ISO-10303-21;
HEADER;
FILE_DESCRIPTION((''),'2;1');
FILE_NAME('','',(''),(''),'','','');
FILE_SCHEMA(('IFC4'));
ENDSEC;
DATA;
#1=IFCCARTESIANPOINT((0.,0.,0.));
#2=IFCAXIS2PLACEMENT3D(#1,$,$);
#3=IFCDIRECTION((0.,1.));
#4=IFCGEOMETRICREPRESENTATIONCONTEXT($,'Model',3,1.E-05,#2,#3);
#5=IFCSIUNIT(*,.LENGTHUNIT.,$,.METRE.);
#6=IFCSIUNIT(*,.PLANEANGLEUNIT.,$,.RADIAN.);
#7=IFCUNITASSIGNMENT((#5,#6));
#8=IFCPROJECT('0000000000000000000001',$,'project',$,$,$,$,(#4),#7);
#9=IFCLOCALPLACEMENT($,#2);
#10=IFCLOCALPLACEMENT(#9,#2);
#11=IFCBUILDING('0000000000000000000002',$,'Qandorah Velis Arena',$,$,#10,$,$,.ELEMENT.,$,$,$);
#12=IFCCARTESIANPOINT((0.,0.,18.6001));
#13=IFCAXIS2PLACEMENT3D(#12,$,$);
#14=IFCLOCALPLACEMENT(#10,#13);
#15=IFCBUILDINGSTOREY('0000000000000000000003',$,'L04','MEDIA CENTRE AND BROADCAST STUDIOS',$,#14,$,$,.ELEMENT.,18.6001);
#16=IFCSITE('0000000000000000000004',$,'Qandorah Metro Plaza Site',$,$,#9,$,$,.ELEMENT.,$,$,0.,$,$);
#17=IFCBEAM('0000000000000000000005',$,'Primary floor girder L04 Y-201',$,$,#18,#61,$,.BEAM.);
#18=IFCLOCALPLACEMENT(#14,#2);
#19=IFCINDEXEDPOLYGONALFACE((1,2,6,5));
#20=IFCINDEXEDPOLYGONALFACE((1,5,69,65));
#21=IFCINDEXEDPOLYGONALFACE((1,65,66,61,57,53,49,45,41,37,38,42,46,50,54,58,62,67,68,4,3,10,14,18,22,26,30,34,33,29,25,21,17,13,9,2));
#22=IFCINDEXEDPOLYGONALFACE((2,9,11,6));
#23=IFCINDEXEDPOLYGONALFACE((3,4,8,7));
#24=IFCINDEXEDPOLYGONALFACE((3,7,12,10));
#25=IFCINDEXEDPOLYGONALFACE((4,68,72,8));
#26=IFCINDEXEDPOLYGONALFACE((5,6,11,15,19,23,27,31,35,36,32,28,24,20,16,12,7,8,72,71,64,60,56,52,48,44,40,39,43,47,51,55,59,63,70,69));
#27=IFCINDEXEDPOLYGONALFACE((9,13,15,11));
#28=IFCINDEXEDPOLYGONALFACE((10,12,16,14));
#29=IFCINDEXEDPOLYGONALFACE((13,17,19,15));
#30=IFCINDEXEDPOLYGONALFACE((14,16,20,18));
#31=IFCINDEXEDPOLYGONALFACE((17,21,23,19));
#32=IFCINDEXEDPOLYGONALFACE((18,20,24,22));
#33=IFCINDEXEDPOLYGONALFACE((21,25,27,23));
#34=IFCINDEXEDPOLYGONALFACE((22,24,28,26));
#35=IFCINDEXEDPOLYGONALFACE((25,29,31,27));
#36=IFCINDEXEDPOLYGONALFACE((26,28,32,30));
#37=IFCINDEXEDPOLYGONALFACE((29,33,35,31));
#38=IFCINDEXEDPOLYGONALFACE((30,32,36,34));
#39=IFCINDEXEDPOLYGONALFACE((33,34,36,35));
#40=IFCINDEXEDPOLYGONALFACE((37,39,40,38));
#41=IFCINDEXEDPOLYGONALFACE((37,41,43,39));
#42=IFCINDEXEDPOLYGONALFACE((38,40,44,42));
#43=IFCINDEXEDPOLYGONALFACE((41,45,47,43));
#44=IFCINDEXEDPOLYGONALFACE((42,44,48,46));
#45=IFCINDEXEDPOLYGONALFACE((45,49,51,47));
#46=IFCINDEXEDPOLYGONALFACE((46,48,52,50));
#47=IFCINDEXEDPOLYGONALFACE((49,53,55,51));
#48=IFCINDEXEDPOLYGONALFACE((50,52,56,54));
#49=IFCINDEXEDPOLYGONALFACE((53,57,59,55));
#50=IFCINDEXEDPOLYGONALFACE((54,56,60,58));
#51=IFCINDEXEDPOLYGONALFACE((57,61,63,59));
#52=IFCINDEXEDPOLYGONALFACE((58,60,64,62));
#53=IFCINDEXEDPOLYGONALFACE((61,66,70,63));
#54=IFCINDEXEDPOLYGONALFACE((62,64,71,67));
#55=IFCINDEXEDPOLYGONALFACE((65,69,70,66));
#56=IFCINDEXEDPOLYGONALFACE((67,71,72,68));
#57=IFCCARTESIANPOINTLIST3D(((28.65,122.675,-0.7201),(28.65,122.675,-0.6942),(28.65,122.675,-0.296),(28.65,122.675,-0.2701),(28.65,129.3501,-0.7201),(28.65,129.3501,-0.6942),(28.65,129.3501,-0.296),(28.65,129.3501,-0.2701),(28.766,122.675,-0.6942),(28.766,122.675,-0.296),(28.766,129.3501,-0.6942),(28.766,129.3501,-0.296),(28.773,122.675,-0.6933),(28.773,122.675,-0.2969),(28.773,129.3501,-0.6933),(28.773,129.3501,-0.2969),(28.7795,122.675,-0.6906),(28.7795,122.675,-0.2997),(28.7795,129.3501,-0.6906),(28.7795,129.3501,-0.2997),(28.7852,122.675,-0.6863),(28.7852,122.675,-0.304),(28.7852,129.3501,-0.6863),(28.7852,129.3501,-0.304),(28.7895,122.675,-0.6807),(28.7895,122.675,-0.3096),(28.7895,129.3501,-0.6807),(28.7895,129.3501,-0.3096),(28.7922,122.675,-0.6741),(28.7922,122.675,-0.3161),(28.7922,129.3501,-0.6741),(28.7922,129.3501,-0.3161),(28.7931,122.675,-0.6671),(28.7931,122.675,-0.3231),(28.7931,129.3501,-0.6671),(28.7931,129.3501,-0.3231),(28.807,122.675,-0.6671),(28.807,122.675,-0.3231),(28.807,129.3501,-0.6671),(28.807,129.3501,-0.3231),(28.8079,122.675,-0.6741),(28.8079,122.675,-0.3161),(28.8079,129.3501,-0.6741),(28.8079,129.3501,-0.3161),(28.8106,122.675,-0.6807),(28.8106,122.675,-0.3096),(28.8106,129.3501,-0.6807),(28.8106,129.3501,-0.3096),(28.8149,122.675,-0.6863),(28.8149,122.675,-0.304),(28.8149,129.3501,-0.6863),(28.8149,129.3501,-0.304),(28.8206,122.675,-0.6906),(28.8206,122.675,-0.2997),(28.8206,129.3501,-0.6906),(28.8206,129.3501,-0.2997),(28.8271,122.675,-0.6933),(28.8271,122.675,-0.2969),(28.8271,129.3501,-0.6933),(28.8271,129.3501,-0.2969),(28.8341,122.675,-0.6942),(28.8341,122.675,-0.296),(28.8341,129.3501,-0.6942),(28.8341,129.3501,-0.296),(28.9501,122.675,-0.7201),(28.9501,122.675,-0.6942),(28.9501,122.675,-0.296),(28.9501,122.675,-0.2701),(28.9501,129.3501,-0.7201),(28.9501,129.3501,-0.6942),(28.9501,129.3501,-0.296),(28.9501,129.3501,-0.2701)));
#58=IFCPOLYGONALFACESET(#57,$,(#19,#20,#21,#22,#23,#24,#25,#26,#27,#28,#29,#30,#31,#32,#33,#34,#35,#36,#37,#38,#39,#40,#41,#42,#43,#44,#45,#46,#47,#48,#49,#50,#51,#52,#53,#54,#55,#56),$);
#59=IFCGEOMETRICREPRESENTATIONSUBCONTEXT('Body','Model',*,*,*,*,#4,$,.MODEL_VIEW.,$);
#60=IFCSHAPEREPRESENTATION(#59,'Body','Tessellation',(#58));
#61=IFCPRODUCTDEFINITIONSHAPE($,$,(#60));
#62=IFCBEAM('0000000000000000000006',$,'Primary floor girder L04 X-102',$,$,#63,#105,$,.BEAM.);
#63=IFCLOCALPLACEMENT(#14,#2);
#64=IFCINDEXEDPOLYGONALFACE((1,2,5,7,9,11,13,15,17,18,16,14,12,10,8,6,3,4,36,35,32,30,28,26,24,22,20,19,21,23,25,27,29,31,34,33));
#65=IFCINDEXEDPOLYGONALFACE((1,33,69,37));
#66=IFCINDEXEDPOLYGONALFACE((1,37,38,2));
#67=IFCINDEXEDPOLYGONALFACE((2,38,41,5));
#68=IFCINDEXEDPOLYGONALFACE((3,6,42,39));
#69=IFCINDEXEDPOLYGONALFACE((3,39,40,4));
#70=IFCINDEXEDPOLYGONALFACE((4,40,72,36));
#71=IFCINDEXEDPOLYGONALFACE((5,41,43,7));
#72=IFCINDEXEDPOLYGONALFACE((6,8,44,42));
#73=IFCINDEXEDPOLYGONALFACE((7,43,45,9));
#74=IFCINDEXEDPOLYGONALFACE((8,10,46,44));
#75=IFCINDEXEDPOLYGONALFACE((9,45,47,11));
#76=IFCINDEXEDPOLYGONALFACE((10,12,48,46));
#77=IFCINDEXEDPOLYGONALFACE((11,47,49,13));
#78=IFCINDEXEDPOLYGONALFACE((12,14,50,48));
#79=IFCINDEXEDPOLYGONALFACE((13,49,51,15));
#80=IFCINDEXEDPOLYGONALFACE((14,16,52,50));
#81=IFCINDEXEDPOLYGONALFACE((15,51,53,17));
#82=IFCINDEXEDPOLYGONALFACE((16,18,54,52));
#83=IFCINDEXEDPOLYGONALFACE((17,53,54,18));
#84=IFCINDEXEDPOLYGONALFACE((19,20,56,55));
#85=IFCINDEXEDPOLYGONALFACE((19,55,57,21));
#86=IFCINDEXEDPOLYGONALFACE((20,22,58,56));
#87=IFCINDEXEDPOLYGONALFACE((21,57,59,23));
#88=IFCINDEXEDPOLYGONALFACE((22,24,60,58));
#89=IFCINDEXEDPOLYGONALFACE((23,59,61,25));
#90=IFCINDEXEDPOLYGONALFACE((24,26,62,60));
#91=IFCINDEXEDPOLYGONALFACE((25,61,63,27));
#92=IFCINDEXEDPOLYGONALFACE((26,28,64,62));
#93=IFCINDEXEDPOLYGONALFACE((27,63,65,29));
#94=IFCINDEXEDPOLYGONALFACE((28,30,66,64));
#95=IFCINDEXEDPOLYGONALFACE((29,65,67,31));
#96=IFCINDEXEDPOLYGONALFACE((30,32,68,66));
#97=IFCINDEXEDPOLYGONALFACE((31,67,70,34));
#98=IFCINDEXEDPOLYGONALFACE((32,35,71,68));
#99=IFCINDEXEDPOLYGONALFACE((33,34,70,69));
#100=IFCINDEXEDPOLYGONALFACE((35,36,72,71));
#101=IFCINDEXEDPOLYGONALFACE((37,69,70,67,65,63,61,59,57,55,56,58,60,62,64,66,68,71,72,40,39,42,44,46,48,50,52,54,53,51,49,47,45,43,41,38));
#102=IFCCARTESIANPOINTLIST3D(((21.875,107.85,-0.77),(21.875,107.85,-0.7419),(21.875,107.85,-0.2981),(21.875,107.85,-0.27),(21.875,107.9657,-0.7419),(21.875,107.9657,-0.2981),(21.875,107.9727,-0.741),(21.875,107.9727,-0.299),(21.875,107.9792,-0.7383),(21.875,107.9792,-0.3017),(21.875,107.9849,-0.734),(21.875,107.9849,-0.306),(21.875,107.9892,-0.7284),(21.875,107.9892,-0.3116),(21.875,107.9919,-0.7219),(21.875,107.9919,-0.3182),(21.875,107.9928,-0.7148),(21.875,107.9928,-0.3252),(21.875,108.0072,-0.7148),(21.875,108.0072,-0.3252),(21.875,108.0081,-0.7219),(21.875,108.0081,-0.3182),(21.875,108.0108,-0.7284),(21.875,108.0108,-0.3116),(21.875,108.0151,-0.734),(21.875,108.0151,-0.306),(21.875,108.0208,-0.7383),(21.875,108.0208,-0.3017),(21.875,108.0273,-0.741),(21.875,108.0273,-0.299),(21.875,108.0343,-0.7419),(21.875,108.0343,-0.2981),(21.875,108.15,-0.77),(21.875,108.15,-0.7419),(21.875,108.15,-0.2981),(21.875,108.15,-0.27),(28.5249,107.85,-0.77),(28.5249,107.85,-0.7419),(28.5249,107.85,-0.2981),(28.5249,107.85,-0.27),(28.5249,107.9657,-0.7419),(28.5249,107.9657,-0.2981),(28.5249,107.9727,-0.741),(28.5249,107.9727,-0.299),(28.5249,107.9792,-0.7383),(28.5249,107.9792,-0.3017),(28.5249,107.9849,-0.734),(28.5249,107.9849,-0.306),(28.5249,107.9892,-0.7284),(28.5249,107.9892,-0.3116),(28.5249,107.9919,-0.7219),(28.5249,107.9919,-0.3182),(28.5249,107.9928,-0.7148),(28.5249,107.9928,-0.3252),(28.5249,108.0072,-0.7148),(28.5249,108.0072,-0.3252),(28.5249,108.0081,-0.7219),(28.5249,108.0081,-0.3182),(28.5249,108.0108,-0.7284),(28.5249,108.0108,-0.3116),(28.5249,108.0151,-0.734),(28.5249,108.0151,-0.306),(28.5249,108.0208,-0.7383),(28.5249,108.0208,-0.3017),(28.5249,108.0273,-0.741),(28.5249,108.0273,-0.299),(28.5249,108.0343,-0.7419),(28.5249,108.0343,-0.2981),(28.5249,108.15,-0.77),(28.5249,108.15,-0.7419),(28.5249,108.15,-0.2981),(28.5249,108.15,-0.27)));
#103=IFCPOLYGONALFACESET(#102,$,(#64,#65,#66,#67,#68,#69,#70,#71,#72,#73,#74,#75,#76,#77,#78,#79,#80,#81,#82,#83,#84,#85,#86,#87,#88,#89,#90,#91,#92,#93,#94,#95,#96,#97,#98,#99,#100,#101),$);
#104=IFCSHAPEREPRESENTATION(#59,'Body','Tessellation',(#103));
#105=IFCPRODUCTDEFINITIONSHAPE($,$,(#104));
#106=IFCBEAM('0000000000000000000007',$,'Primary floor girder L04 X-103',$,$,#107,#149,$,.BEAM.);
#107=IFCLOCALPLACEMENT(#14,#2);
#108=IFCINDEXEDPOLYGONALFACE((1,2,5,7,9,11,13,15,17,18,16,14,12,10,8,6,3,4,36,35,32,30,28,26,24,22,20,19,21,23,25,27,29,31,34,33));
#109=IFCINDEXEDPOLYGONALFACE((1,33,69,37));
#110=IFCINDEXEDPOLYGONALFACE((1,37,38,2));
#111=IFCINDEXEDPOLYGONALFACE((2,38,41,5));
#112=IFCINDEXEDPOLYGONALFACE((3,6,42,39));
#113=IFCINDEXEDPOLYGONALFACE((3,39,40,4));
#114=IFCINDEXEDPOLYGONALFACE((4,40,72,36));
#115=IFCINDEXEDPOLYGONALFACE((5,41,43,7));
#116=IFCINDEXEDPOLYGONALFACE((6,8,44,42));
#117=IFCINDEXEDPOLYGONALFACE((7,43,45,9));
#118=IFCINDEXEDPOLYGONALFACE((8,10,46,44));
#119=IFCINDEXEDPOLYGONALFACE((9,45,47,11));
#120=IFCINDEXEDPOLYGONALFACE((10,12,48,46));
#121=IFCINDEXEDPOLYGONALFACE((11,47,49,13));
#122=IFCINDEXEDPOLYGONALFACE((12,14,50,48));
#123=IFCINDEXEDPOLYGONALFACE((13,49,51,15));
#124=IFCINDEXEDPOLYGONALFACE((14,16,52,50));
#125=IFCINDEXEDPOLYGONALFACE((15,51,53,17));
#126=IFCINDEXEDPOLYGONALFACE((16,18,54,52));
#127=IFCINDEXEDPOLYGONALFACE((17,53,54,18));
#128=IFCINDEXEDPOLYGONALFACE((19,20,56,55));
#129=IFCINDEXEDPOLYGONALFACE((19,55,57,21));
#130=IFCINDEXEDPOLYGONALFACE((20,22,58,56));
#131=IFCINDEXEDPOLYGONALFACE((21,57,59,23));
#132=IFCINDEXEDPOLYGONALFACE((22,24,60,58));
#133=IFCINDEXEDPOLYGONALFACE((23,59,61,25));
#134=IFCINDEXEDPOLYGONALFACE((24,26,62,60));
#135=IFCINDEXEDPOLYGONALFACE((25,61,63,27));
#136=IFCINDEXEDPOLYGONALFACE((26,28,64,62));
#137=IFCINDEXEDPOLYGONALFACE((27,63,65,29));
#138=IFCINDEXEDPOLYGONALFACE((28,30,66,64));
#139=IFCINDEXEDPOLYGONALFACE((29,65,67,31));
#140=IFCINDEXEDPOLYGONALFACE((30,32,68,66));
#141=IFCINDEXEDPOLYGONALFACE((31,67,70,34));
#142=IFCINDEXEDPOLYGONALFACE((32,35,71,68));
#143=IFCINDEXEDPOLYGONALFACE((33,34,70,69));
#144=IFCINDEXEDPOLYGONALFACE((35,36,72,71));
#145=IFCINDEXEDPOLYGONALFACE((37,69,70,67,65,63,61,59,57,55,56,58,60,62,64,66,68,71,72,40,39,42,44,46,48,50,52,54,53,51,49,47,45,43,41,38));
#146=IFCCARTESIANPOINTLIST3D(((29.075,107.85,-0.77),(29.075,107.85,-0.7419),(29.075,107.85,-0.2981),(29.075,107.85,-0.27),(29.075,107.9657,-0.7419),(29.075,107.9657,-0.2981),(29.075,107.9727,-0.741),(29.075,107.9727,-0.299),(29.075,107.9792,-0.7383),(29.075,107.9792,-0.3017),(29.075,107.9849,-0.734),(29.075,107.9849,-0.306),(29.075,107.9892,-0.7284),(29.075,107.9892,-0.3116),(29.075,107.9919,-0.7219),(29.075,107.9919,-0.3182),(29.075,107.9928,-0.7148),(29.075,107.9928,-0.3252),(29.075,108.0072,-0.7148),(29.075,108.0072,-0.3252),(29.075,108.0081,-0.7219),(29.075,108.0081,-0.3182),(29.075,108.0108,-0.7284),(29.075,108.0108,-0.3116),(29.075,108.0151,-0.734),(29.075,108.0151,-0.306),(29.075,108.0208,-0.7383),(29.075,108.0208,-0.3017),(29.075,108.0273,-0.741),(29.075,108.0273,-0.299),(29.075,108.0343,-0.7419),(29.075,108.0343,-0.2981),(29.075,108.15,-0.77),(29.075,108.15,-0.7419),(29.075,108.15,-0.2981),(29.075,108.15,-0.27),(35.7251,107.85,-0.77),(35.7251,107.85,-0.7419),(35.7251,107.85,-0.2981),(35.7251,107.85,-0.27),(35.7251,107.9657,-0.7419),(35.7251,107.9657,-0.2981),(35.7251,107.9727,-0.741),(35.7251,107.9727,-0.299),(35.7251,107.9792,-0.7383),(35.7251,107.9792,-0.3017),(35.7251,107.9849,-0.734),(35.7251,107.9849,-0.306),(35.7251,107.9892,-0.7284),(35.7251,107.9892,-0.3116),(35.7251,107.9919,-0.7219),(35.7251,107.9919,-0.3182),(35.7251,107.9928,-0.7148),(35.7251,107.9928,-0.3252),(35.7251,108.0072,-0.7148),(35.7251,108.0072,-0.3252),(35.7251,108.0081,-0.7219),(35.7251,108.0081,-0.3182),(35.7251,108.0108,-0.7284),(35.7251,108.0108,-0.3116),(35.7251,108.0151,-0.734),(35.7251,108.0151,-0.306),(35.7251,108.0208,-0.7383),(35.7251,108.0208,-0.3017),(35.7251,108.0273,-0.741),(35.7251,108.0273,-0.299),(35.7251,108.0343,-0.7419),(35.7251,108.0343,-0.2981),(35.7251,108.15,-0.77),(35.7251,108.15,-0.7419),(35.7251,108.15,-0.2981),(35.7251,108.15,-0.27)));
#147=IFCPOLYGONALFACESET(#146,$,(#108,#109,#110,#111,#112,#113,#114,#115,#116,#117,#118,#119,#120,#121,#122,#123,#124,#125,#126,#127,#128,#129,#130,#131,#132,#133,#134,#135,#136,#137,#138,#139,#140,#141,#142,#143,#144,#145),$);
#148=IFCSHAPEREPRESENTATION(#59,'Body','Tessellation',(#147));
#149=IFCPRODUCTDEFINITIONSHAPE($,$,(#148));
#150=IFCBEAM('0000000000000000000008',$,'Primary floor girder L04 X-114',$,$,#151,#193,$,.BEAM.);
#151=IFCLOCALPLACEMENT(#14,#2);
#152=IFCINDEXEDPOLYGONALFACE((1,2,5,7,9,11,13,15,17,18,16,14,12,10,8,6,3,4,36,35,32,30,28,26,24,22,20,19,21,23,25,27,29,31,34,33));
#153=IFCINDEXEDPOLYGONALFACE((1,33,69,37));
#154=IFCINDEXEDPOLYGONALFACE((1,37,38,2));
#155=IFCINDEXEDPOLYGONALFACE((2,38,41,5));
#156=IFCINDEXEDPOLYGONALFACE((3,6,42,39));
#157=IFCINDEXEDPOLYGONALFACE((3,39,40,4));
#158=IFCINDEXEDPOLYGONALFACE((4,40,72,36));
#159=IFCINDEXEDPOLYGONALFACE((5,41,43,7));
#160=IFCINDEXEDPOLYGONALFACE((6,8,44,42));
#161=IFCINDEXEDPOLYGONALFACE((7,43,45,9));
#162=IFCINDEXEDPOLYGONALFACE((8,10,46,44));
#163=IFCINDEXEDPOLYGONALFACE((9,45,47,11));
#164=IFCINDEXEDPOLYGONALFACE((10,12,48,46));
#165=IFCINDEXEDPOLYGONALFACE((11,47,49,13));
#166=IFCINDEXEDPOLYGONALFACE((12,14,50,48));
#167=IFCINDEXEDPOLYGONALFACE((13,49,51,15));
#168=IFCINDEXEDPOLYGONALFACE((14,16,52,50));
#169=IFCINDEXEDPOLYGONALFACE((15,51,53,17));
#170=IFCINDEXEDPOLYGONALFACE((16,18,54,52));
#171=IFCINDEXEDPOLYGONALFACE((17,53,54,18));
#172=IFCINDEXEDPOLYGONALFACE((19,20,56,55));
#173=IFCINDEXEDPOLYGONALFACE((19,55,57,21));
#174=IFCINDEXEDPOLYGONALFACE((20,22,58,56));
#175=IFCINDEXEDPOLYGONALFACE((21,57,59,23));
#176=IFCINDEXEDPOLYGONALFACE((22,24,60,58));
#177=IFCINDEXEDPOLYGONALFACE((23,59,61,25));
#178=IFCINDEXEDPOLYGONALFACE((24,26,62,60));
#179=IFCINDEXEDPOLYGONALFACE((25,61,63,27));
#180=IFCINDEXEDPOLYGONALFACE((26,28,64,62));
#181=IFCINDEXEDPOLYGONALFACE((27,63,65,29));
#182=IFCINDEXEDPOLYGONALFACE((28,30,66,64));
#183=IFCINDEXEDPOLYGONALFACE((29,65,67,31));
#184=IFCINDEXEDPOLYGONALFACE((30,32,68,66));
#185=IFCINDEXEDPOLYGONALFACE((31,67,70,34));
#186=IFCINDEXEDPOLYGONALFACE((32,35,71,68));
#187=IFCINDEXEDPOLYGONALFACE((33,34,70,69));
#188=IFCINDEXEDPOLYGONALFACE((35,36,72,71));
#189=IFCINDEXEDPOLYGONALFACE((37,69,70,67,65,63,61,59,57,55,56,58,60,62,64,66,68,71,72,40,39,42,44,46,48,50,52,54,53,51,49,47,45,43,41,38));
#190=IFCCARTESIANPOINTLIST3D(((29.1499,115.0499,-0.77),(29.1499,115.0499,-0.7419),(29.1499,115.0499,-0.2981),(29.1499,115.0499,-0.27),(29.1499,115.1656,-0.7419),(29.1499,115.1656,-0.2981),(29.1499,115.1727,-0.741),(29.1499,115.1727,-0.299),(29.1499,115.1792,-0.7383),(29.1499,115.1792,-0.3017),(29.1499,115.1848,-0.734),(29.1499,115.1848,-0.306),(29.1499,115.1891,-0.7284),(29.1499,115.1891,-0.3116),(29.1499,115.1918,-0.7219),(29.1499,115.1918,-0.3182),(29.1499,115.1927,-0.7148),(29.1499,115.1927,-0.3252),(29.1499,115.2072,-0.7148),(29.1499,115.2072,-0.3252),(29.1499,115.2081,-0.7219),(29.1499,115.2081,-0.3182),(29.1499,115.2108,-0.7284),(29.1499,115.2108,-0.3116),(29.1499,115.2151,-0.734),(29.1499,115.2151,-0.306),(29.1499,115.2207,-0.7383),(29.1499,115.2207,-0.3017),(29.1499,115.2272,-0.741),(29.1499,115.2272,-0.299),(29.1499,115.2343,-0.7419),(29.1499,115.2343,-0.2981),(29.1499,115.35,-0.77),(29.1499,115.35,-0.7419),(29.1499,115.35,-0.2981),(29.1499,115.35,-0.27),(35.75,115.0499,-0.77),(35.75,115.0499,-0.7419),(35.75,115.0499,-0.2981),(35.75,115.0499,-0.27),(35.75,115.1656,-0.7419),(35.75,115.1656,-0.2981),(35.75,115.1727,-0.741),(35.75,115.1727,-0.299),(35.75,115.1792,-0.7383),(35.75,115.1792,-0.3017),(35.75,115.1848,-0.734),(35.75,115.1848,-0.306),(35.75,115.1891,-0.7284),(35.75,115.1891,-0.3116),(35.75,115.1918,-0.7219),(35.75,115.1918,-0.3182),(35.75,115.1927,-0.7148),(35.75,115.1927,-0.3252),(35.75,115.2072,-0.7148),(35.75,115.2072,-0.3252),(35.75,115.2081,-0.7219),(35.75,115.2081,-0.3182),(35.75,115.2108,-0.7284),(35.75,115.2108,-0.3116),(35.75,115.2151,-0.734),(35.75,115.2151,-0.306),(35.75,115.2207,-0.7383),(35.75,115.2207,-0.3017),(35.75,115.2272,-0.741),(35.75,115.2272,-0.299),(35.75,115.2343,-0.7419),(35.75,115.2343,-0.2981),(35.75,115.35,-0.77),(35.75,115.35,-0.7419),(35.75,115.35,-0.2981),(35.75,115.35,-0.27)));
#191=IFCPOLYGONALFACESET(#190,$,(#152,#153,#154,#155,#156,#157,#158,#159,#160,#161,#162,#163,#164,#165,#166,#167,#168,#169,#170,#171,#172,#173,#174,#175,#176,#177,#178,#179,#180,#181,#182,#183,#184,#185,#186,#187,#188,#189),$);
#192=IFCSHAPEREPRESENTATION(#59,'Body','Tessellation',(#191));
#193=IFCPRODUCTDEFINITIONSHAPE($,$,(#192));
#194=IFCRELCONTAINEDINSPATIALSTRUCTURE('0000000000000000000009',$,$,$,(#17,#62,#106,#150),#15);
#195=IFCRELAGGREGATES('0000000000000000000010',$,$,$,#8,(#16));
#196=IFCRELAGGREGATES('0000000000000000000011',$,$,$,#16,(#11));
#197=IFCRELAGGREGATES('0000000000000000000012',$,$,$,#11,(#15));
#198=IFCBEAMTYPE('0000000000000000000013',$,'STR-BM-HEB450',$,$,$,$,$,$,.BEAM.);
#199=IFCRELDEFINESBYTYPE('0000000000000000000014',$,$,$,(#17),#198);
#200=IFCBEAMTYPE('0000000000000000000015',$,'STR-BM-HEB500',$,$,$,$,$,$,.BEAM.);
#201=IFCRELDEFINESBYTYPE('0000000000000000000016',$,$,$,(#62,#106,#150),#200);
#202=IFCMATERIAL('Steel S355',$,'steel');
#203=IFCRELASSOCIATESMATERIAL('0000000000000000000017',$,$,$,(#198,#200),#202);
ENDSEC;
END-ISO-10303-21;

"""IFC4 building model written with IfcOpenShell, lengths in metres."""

from ifc_helpers import new_model, si_unit, direction, frame, origin, origin_2d, place, context, subcontext, project, spatial, i_section, extrude, material, material_profile, profile_set, type_object, element, save


model = new_model("IFC4")

# Units and contexts
model_context = context("Model", 3, precision=1e-05, world=origin(), true_north=direction((0.0, 1.0)))
body_context = subcontext(model_context, "Body", "Model", "MODEL_VIEW")
ifc_project = project(units=[si_unit("LENGTHUNIT", "METRE"), si_unit("PLANEANGLEUNIT", "RADIAN")], contexts=[model_context])

# Site, building, storey
site_placement = place(None, origin())
site = spatial("IfcSite", under=ifc_project, at=site_placement, Name="Qandorah Metro Plaza Site", CompositionType="ELEMENT", RefElevation=0.0)
building_placement = place(site_placement, origin())
building = spatial("IfcBuilding", under=site, at=building_placement, Name="Qandorah Velis Arena", CompositionType="ELEMENT")
storey_placement = place(building_placement, frame((0.0, 0.0, 18.6001)))
storey = spatial("IfcBuildingStorey", under=building, at=storey_placement, Name="L04", Description="MEDIA CENTRE AND BROADCAST STUDIOS", CompositionType="ELEMENT", Elevation=18.6001)

# Beams
ifc_material_1 = material(Name="Steel S355", Category="steel")
ifc_material_profile_1 = material_profile(ifc_material_1, i_section(OverallWidth=0.3, OverallDepth=0.45, WebThickness=0.0139, FlangeThickness=0.0259, FilletRadius=0.0271, at=origin_2d()), Name="HEB 450")
ifc_profile_set_1 = profile_set([ifc_material_profile_1], Name="Steel S355")
beam_type_1 = type_object("IfcBeamType", Name="STR-BM-HEB450", PredefinedType="BEAM", material=ifc_profile_set_1)
beam_1_placement = place(storey_placement, frame((28.8, 122.675, -0.4951), z_axis=(0.0, 1.0, 0.0), x_axis=(-1.0, 0.0, 0.0)))
element("IfcBeam", 1, at=beam_1_placement, inside=storey, type_object=beam_type_1, Name="Primary floor girder L04 Y-201", PredefinedType="BEAM", context=body_context, shape_type="SweptSolid", body=[
    extrude(i_section(OverallWidth=0.3, OverallDepth=0.45, WebThickness=0.0139, FlangeThickness=0.0259, FilletRadius=0.0271, at=origin_2d()), origin(), (0.0, 0.0, 1.0), 6.675),
])
ifc_material_profile_2 = material_profile(ifc_material_1, i_section(OverallWidth=0.3, OverallDepth=0.5, WebThickness=0.0144, FlangeThickness=0.0281, FilletRadius=0.0271, at=origin_2d()), Name="HEB 500")
ifc_profile_set_2 = profile_set([ifc_material_profile_2], Name="Steel S355")
beam_type_2 = type_object("IfcBeamType", Name="STR-BM-HEB500", PredefinedType="BEAM", material=ifc_profile_set_2)
beam_2_placement = place(storey_placement, frame((21.875, 108.0, -0.52), z_axis=(1.0, 0.0, 0.0), x_axis=(0.0, 1.0, 0.0)))
element("IfcBeam", 2, at=beam_2_placement, inside=storey, type_object=beam_type_2, Name="Primary floor girder L04 X-102", PredefinedType="BEAM", context=body_context, shape_type="SweptSolid", body=[
    extrude(i_section(OverallWidth=0.3, OverallDepth=0.5, WebThickness=0.0144, FlangeThickness=0.0281, FilletRadius=0.0271, at=origin_2d()), origin(), (0.0, 0.0, 1.0), 6.6499),
])
beam_3_placement = place(storey_placement, frame((29.075, 108.0, -0.52), z_axis=(1.0, 0.0, 0.0), x_axis=(0.0, 1.0, 0.0)))
element("IfcBeam", 3, at=beam_3_placement, inside=storey, type_object=beam_type_2, Name="Primary floor girder L04 X-103", PredefinedType="BEAM", context=body_context, shape_type="SweptSolid", body=[
    extrude(i_section(OverallWidth=0.3, OverallDepth=0.5, WebThickness=0.0144, FlangeThickness=0.0281, FilletRadius=0.0271, at=origin_2d()), origin(), (0.0, 0.0, 1.0), 6.6501),
])
beam_4_placement = place(storey_placement, frame((29.1499, 115.2, -0.52), z_axis=(1.0, 0.0, 0.0), x_axis=(0.0, 1.0, 0.0)))
element("IfcBeam", 4, at=beam_4_placement, inside=storey, type_object=beam_type_2, Name="Primary floor girder L04 X-114", PredefinedType="BEAM", context=body_context, shape_type="SweptSolid", body=[
    extrude(i_section(OverallWidth=0.3, OverallDepth=0.5, WebThickness=0.0144, FlangeThickness=0.0281, FilletRadius=0.0271, at=origin_2d()), origin(), (0.0, 0.0, 1.0), 6.6001),
])

save(model, "model.ifc")
